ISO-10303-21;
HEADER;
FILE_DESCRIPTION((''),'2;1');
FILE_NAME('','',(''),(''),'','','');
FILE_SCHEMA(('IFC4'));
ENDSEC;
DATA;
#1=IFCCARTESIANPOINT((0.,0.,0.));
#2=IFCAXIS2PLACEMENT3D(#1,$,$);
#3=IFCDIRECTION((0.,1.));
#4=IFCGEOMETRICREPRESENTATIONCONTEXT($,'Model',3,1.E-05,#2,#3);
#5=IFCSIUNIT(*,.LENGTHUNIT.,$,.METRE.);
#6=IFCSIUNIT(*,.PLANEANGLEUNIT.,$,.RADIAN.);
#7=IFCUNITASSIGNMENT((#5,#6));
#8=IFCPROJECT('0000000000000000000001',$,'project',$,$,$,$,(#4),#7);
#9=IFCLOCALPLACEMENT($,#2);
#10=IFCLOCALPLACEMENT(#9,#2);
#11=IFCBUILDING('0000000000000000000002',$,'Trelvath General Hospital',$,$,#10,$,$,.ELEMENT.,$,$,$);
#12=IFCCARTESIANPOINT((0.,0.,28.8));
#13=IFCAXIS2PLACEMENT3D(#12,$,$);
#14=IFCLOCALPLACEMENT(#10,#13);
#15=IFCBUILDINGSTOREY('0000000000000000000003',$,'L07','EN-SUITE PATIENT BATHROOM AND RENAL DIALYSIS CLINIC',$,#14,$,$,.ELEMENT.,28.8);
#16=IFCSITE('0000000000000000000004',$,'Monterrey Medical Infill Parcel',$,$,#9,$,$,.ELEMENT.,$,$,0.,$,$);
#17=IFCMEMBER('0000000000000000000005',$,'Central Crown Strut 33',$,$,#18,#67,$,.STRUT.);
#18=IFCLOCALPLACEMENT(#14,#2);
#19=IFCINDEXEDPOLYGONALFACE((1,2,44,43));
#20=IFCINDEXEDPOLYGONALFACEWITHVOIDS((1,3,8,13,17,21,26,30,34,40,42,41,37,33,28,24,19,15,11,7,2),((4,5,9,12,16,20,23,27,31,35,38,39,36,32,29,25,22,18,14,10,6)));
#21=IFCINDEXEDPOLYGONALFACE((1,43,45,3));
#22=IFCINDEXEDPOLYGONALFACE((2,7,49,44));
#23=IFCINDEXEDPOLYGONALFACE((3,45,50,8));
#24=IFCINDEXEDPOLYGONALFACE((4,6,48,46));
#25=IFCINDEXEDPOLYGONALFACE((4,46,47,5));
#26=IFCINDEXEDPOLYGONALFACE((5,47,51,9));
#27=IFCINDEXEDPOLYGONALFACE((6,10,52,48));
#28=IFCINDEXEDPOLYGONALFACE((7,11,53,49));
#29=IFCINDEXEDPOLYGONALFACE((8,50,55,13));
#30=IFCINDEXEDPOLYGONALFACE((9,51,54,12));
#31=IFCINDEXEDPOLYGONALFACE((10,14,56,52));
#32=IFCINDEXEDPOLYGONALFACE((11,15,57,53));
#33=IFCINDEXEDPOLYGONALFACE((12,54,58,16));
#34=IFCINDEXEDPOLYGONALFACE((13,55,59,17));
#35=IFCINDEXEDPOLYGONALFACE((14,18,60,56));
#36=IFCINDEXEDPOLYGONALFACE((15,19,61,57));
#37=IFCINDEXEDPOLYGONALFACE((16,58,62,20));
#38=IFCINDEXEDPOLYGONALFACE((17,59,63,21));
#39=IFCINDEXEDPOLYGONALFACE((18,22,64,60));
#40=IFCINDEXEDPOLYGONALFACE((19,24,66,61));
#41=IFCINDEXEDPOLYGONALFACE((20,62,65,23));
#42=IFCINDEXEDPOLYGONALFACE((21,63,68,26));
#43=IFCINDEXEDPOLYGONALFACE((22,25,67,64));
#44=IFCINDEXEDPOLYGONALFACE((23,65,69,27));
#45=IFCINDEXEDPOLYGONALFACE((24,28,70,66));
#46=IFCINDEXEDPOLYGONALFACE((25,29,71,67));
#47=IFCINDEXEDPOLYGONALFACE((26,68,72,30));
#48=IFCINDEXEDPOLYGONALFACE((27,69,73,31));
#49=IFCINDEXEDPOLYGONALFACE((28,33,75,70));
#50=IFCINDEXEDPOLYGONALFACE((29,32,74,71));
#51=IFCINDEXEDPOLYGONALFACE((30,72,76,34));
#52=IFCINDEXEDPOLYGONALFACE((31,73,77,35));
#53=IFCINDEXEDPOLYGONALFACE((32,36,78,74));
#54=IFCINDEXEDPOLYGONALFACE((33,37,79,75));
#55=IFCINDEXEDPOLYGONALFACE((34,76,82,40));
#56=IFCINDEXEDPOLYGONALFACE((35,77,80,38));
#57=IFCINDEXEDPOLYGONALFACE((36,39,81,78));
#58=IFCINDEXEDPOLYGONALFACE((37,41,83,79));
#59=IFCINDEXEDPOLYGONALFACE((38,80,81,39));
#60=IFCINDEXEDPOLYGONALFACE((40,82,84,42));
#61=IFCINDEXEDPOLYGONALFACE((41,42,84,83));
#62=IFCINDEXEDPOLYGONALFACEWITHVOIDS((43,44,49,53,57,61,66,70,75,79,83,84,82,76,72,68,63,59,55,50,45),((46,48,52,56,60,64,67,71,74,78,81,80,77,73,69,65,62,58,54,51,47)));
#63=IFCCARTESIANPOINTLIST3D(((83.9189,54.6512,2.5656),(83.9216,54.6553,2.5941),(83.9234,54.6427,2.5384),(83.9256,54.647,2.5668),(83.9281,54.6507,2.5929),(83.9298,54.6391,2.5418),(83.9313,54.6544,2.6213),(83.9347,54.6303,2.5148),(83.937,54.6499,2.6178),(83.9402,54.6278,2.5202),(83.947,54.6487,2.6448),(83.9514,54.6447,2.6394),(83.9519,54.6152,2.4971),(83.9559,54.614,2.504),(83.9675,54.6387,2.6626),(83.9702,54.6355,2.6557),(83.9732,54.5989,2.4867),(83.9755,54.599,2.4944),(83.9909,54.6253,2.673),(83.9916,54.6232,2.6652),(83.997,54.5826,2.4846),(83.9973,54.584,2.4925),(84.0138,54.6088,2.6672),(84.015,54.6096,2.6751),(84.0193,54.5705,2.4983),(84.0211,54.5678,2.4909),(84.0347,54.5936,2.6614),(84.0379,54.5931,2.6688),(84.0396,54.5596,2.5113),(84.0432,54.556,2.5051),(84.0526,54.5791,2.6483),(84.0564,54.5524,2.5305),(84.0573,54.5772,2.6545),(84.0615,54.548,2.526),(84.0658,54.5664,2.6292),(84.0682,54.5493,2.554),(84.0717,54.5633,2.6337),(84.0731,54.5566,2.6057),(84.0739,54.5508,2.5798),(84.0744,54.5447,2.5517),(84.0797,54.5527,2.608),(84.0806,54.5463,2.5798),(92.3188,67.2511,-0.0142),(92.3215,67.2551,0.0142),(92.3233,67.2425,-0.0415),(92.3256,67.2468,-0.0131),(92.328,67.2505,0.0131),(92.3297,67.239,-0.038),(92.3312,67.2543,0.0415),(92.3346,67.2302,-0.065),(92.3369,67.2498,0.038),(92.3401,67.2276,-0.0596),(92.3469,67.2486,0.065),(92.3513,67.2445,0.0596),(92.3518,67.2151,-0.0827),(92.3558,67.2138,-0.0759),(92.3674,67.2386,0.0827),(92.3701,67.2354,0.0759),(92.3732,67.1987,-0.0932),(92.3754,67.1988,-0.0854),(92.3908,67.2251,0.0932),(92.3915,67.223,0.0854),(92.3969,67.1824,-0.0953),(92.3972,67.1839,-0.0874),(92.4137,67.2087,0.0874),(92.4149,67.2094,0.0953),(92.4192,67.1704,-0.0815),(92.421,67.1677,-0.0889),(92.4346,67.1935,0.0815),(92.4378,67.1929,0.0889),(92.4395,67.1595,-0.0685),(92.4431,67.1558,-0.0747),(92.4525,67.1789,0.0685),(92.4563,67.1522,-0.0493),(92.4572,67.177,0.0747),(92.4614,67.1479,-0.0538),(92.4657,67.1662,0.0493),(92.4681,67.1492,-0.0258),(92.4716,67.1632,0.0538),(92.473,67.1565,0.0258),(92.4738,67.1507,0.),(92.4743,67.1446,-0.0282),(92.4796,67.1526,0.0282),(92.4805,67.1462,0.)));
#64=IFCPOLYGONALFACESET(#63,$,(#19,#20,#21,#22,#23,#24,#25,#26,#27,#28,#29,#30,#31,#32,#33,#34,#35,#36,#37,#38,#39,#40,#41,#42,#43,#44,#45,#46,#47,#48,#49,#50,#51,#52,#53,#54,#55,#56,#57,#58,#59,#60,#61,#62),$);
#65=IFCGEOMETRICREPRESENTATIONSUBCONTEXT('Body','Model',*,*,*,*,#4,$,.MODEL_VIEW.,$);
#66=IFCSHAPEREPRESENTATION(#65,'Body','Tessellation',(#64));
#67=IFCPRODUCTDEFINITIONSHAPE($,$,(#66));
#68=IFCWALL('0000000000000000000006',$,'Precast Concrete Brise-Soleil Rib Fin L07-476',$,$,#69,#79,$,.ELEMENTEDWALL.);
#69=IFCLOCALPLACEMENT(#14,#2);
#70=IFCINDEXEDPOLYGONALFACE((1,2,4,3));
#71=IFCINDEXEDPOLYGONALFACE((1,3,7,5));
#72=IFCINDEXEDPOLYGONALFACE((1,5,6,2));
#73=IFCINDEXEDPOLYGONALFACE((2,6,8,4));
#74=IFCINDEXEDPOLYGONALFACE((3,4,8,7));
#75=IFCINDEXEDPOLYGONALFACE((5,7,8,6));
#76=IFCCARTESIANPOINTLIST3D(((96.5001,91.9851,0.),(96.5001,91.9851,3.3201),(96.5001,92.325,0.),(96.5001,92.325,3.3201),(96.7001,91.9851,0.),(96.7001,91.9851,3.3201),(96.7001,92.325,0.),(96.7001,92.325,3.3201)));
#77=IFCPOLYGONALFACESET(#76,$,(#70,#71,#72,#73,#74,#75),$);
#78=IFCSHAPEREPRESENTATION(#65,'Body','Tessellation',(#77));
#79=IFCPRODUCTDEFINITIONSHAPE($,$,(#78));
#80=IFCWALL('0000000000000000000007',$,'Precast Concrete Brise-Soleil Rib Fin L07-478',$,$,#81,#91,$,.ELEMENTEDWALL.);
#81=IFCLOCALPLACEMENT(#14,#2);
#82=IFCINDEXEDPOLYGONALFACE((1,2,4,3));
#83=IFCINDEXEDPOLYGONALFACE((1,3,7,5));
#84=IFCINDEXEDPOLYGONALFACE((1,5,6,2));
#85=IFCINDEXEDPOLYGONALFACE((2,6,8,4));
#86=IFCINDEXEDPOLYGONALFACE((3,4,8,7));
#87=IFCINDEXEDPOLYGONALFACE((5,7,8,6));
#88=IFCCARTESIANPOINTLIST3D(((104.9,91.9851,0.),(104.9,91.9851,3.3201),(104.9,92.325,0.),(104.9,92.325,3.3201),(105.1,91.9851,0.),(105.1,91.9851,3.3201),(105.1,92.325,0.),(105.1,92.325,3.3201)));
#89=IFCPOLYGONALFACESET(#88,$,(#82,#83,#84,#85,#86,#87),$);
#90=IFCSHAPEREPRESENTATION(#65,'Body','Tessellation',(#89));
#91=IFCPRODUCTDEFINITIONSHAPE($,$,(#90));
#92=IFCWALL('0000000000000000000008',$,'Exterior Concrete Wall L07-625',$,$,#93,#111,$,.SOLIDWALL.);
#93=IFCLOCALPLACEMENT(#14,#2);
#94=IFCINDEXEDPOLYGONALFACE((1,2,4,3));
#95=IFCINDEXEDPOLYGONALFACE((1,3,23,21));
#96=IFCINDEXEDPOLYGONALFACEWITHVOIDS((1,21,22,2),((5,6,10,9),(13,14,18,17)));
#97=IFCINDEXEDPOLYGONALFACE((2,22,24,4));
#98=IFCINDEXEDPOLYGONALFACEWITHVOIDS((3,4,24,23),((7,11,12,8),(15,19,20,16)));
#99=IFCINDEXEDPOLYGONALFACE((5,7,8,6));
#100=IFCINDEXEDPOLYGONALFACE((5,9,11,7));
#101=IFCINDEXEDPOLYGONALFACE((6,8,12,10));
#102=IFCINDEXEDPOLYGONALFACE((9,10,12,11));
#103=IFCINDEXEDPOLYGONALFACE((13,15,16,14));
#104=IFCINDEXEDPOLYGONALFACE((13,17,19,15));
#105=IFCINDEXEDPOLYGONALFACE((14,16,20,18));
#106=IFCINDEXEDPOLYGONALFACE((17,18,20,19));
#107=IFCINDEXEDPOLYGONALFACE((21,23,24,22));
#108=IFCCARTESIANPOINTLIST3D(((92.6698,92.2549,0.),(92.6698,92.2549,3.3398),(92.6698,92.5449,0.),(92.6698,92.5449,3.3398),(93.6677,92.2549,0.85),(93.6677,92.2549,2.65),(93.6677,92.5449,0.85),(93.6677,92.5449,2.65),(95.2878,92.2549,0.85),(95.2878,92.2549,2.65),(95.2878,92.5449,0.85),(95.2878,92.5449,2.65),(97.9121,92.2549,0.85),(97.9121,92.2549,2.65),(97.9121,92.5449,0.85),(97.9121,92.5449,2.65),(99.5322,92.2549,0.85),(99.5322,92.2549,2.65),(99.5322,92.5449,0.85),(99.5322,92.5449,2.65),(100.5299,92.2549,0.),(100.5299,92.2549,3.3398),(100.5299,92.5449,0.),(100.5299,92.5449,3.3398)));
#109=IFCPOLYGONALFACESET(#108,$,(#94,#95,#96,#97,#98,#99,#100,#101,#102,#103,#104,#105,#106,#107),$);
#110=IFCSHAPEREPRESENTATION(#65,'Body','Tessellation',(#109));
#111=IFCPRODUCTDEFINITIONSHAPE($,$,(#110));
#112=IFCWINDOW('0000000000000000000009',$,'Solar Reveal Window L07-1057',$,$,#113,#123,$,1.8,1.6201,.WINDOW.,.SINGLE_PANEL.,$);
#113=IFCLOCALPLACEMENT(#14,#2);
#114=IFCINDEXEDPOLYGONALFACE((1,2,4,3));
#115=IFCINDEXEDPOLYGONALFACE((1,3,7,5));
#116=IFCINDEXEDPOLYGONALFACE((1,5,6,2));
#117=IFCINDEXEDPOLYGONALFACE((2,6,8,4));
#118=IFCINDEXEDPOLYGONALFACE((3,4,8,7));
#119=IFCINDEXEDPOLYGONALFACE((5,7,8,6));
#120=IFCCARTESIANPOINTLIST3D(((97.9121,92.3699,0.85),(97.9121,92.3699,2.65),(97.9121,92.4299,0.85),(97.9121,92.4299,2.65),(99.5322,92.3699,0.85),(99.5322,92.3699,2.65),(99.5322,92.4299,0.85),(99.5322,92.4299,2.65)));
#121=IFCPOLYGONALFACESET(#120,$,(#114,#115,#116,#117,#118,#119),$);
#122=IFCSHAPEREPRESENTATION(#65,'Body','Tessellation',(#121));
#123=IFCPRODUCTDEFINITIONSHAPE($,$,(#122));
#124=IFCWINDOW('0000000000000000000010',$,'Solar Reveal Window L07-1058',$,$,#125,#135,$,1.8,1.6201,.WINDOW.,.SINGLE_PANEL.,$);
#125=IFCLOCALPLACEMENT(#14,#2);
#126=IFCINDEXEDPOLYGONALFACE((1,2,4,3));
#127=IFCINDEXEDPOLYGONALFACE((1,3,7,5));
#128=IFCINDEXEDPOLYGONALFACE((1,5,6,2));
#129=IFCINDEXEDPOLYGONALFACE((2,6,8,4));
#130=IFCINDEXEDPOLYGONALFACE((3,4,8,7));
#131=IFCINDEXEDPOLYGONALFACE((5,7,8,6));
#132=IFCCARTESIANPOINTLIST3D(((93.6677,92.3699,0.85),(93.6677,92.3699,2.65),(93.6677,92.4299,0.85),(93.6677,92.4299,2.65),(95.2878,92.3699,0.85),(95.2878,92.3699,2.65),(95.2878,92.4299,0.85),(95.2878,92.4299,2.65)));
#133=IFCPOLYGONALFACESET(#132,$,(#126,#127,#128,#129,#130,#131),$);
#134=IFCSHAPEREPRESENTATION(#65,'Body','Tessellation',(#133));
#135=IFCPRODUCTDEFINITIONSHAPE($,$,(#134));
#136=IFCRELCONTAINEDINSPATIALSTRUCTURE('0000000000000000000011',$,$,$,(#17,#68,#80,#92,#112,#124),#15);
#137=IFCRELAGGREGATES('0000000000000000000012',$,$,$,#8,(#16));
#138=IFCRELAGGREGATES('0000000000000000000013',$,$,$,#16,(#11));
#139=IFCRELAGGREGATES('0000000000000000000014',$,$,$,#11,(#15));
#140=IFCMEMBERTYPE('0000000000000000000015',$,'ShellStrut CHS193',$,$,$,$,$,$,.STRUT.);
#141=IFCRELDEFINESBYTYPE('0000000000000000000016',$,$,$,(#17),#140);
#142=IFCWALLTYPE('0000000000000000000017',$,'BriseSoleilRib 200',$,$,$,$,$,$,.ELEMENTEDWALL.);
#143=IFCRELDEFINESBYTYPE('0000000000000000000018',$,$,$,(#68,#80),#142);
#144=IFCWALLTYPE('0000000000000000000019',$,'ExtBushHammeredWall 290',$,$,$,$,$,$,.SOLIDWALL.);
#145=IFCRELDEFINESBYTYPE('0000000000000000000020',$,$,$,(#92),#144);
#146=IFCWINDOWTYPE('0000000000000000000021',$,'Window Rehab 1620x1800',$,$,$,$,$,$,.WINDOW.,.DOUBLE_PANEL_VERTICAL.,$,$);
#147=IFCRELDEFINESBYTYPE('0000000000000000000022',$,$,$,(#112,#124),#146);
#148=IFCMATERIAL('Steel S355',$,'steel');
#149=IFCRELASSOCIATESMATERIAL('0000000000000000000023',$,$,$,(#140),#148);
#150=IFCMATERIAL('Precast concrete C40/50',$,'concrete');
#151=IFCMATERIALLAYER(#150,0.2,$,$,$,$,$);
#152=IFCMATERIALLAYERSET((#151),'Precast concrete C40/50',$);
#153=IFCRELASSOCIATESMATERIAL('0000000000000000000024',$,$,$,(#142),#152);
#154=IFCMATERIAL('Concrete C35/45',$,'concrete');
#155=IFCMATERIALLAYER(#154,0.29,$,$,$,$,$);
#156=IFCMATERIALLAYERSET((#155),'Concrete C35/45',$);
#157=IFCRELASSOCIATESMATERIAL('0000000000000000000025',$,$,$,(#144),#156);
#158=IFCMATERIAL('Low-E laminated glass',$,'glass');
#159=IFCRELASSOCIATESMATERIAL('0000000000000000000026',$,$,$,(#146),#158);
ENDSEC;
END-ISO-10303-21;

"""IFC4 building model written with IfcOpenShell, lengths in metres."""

from ifc_helpers import new_model, si_unit, direction, frame, frame_2d, origin, origin_2d, place, context, subcontext, project, spatial, rectangle, hollow_circle, extrude, material, layer, layer_set, material_profile, profile_set, type_object, element, fill, save


model = new_model("IFC4")

# Units and contexts
model_context = context("Model", 3, precision=1e-05, world=origin(), true_north=direction((0.0, 1.0)))
body_context = subcontext(model_context, "Body", "Model", "MODEL_VIEW")
ifc_project = project(units=[si_unit("LENGTHUNIT", "METRE"), si_unit("PLANEANGLEUNIT", "RADIAN")], contexts=[model_context])

# Site, building, storey
site_placement = place(None, origin())
site = spatial("IfcSite", under=ifc_project, at=site_placement, Name="Monterrey Medical Infill Parcel", CompositionType="ELEMENT", RefElevation=0.0)
building_placement = place(site_placement, origin())
building = spatial("IfcBuilding", under=site, at=building_placement, Name="Trelvath General Hospital", CompositionType="ELEMENT")
storey_placement = place(building_placement, frame((0.0, 0.0, 28.8)))
storey = spatial("IfcBuildingStorey", under=building, at=storey_placement, Name="L07", Description="EN-SUITE PATIENT BATHROOM AND RENAL DIALYSIS CLINIC", CompositionType="ELEMENT", Elevation=28.8)

# Member
ifc_material_1 = material(Name="Steel S355", Category="steel")
ifc_material_profile_1 = material_profile(ifc_material_1, hollow_circle(Radius=0.0969, WallThickness=0.0081, at=origin_2d()), Name="CHS193.7x8.0")
ifc_profile_set_1 = profile_set([ifc_material_profile_1], Name="Steel S355")
member_type_1 = type_object("IfcMemberType", Name="ShellStrut CHS193", PredefinedType="STRUT", material=ifc_profile_set_1)
member_1_placement = place(storey_placement, frame((92.3999, 67.2, 0.0), z_axis=(-0.546822, -0.820232, 0.167943), x_axis=(0.83205, -0.5547, 0.0)))
element("IfcMember", 1, at=member_1_placement, inside=storey, type_object=member_type_1, Name="Central Crown Strut 33", PredefinedType="STRUT", context=body_context, shape_type="SweptSolid", body=[
    extrude(hollow_circle(Radius=0.0969, WallThickness=0.0081, at=origin_2d()), origin(), (0.0, 0.0, 1.0), 15.3613),
])

# Walls
ifc_material_2 = material(Name="Precast concrete C40/50", Category="concrete")
ifc_layer_1 = layer(ifc_material_2, 0.2)
ifc_layer_set_1 = layer_set([ifc_layer_1], Name="Precast concrete C40/50")
wall_type_1 = type_object("IfcWallType", Name="BriseSoleilRib 200", PredefinedType="ELEMENTEDWALL", material=ifc_layer_set_1)
for number, where, z_axis, x_axis, name in (
    (2, (96.6001, 92.325, 0.0), (0.0, 0.0, 1.0), (0.0, -1.0, 0.0), "Precast Concrete Brise-Soleil Rib Fin L07-476"),
    (3, (105.0, 92.325, 0.0), (0.0, 0.0, 1.0), (0.0, -1.0, 0.0), "Precast Concrete Brise-Soleil Rib Fin L07-478"),
):
    element("IfcWall", number, at=place(storey_placement, frame(where, z_axis=z_axis, x_axis=x_axis)), inside=storey, type_object=wall_type_1, Name=name, PredefinedType="ELEMENTEDWALL", context=body_context, shape_type="SweptSolid", body=[
        extrude(rectangle(XDim=0.3398, YDim=0.2, at=frame_2d((0.1699, 0.0))), origin(), (0.0, 0.0, 1.0), 3.3201),
    ])

# Wall, openings, windows
ifc_material_3 = material(Name="Concrete C35/45", Category="concrete")
ifc_layer_2 = layer(ifc_material_3, 0.29)
ifc_layer_set_2 = layer_set([ifc_layer_2], Name="Concrete C35/45")
wall_type_2 = type_object("IfcWallType", Name="ExtBushHammeredWall 290", PredefinedType="SOLIDWALL", material=ifc_layer_set_2)
wall_1_placement = place(storey_placement, frame((100.53, 92.3999, 0.0), z_axis=(0.0, 0.0, 1.0), x_axis=(-1.0, 0.0, 0.0)))
wall_1 = element("IfcWall", 4, at=wall_1_placement, inside=storey, type_object=wall_type_2, Name="Exterior Concrete Wall L07-625", PredefinedType="SOLIDWALL", context=body_context, shape_type="SweptSolid", body=[
    extrude(rectangle(XDim=7.8601, YDim=0.29, at=frame_2d((3.9302, 0.0))), origin(), (0.0, 0.0, 1.0), 3.3398),
])
opening_1_placement = place(wall_1_placement, frame((0.9978, 0.0, 0.8501)))
opening_1 = element("IfcOpeningElement", 5, at=opening_1_placement, cuts=wall_1, PredefinedType="OPENING", context=body_context, shape_type="SweptSolid", body=[
    extrude(rectangle(XDim=1.6201, YDim=1.8, at=frame_2d((0.8101, 0.8999))), frame((0.0, 0.155, 0.0), z_axis=(0.0, -1.0, 0.0), x_axis=(1.0, 0.0, 0.0)), (0.0, 0.0, 1.0), 0.3101),
])
opening_2_placement = place(wall_1_placement, frame((5.2422, 0.0, 0.8501)))
opening_2 = element("IfcOpeningElement", 6, at=opening_2_placement, cuts=wall_1, PredefinedType="OPENING", context=body_context, shape_type="SweptSolid", body=[
    extrude(rectangle(XDim=1.6201, YDim=1.8, at=frame_2d((0.8101, 0.8999))), frame((0.0, 0.155, 0.0), z_axis=(0.0, -1.0, 0.0), x_axis=(1.0, 0.0, 0.0)), (0.0, 0.0, 1.0), 0.3101),
])
ifc_material_4 = material(Name="Low-E laminated glass", Category="glass")
window_type_1 = type_object("IfcWindowType", Name="Window Rehab 1620x1800", PartitioningType="DOUBLE_PANEL_VERTICAL", PredefinedType="WINDOW", material=ifc_material_4)
window_1_placement = place(opening_1_placement, origin())
window_1 = element("IfcWindow", 7, at=window_1_placement, inside=storey, type_object=window_type_1, Name="Solar Reveal Window L07-1057", OverallHeight=1.8, OverallWidth=1.6201, PartitioningType="SINGLE_PANEL", PredefinedType="WINDOW", context=body_context, shape_type="SweptSolid", body=[
    extrude(rectangle(XDim=1.6201, YDim=1.8, at=frame_2d((0.8101, 0.8999))), frame((0.0, 0.03, 0.0), z_axis=(0.0, -1.0, 0.0), x_axis=(1.0, 0.0, 0.0)), (0.0, 0.0, 1.0), 0.0601),
])
fill(opening_1, window_1)
window_2_placement = place(opening_2_placement, origin())
window_2 = element("IfcWindow", 8, at=window_2_placement, inside=storey, type_object=window_type_1, Name="Solar Reveal Window L07-1058", OverallHeight=1.8, OverallWidth=1.6201, PartitioningType="SINGLE_PANEL", PredefinedType="WINDOW", context=body_context, shape_type="SweptSolid", body=[
    extrude(rectangle(XDim=1.6201, YDim=1.8, at=frame_2d((0.8101, 0.8999))), frame((0.0, 0.03, 0.0), z_axis=(0.0, -1.0, 0.0), x_axis=(1.0, 0.0, 0.0)), (0.0, 0.0, 1.0), 0.0601),
])
fill(opening_2, window_2)

save(model, "model.ifc")
